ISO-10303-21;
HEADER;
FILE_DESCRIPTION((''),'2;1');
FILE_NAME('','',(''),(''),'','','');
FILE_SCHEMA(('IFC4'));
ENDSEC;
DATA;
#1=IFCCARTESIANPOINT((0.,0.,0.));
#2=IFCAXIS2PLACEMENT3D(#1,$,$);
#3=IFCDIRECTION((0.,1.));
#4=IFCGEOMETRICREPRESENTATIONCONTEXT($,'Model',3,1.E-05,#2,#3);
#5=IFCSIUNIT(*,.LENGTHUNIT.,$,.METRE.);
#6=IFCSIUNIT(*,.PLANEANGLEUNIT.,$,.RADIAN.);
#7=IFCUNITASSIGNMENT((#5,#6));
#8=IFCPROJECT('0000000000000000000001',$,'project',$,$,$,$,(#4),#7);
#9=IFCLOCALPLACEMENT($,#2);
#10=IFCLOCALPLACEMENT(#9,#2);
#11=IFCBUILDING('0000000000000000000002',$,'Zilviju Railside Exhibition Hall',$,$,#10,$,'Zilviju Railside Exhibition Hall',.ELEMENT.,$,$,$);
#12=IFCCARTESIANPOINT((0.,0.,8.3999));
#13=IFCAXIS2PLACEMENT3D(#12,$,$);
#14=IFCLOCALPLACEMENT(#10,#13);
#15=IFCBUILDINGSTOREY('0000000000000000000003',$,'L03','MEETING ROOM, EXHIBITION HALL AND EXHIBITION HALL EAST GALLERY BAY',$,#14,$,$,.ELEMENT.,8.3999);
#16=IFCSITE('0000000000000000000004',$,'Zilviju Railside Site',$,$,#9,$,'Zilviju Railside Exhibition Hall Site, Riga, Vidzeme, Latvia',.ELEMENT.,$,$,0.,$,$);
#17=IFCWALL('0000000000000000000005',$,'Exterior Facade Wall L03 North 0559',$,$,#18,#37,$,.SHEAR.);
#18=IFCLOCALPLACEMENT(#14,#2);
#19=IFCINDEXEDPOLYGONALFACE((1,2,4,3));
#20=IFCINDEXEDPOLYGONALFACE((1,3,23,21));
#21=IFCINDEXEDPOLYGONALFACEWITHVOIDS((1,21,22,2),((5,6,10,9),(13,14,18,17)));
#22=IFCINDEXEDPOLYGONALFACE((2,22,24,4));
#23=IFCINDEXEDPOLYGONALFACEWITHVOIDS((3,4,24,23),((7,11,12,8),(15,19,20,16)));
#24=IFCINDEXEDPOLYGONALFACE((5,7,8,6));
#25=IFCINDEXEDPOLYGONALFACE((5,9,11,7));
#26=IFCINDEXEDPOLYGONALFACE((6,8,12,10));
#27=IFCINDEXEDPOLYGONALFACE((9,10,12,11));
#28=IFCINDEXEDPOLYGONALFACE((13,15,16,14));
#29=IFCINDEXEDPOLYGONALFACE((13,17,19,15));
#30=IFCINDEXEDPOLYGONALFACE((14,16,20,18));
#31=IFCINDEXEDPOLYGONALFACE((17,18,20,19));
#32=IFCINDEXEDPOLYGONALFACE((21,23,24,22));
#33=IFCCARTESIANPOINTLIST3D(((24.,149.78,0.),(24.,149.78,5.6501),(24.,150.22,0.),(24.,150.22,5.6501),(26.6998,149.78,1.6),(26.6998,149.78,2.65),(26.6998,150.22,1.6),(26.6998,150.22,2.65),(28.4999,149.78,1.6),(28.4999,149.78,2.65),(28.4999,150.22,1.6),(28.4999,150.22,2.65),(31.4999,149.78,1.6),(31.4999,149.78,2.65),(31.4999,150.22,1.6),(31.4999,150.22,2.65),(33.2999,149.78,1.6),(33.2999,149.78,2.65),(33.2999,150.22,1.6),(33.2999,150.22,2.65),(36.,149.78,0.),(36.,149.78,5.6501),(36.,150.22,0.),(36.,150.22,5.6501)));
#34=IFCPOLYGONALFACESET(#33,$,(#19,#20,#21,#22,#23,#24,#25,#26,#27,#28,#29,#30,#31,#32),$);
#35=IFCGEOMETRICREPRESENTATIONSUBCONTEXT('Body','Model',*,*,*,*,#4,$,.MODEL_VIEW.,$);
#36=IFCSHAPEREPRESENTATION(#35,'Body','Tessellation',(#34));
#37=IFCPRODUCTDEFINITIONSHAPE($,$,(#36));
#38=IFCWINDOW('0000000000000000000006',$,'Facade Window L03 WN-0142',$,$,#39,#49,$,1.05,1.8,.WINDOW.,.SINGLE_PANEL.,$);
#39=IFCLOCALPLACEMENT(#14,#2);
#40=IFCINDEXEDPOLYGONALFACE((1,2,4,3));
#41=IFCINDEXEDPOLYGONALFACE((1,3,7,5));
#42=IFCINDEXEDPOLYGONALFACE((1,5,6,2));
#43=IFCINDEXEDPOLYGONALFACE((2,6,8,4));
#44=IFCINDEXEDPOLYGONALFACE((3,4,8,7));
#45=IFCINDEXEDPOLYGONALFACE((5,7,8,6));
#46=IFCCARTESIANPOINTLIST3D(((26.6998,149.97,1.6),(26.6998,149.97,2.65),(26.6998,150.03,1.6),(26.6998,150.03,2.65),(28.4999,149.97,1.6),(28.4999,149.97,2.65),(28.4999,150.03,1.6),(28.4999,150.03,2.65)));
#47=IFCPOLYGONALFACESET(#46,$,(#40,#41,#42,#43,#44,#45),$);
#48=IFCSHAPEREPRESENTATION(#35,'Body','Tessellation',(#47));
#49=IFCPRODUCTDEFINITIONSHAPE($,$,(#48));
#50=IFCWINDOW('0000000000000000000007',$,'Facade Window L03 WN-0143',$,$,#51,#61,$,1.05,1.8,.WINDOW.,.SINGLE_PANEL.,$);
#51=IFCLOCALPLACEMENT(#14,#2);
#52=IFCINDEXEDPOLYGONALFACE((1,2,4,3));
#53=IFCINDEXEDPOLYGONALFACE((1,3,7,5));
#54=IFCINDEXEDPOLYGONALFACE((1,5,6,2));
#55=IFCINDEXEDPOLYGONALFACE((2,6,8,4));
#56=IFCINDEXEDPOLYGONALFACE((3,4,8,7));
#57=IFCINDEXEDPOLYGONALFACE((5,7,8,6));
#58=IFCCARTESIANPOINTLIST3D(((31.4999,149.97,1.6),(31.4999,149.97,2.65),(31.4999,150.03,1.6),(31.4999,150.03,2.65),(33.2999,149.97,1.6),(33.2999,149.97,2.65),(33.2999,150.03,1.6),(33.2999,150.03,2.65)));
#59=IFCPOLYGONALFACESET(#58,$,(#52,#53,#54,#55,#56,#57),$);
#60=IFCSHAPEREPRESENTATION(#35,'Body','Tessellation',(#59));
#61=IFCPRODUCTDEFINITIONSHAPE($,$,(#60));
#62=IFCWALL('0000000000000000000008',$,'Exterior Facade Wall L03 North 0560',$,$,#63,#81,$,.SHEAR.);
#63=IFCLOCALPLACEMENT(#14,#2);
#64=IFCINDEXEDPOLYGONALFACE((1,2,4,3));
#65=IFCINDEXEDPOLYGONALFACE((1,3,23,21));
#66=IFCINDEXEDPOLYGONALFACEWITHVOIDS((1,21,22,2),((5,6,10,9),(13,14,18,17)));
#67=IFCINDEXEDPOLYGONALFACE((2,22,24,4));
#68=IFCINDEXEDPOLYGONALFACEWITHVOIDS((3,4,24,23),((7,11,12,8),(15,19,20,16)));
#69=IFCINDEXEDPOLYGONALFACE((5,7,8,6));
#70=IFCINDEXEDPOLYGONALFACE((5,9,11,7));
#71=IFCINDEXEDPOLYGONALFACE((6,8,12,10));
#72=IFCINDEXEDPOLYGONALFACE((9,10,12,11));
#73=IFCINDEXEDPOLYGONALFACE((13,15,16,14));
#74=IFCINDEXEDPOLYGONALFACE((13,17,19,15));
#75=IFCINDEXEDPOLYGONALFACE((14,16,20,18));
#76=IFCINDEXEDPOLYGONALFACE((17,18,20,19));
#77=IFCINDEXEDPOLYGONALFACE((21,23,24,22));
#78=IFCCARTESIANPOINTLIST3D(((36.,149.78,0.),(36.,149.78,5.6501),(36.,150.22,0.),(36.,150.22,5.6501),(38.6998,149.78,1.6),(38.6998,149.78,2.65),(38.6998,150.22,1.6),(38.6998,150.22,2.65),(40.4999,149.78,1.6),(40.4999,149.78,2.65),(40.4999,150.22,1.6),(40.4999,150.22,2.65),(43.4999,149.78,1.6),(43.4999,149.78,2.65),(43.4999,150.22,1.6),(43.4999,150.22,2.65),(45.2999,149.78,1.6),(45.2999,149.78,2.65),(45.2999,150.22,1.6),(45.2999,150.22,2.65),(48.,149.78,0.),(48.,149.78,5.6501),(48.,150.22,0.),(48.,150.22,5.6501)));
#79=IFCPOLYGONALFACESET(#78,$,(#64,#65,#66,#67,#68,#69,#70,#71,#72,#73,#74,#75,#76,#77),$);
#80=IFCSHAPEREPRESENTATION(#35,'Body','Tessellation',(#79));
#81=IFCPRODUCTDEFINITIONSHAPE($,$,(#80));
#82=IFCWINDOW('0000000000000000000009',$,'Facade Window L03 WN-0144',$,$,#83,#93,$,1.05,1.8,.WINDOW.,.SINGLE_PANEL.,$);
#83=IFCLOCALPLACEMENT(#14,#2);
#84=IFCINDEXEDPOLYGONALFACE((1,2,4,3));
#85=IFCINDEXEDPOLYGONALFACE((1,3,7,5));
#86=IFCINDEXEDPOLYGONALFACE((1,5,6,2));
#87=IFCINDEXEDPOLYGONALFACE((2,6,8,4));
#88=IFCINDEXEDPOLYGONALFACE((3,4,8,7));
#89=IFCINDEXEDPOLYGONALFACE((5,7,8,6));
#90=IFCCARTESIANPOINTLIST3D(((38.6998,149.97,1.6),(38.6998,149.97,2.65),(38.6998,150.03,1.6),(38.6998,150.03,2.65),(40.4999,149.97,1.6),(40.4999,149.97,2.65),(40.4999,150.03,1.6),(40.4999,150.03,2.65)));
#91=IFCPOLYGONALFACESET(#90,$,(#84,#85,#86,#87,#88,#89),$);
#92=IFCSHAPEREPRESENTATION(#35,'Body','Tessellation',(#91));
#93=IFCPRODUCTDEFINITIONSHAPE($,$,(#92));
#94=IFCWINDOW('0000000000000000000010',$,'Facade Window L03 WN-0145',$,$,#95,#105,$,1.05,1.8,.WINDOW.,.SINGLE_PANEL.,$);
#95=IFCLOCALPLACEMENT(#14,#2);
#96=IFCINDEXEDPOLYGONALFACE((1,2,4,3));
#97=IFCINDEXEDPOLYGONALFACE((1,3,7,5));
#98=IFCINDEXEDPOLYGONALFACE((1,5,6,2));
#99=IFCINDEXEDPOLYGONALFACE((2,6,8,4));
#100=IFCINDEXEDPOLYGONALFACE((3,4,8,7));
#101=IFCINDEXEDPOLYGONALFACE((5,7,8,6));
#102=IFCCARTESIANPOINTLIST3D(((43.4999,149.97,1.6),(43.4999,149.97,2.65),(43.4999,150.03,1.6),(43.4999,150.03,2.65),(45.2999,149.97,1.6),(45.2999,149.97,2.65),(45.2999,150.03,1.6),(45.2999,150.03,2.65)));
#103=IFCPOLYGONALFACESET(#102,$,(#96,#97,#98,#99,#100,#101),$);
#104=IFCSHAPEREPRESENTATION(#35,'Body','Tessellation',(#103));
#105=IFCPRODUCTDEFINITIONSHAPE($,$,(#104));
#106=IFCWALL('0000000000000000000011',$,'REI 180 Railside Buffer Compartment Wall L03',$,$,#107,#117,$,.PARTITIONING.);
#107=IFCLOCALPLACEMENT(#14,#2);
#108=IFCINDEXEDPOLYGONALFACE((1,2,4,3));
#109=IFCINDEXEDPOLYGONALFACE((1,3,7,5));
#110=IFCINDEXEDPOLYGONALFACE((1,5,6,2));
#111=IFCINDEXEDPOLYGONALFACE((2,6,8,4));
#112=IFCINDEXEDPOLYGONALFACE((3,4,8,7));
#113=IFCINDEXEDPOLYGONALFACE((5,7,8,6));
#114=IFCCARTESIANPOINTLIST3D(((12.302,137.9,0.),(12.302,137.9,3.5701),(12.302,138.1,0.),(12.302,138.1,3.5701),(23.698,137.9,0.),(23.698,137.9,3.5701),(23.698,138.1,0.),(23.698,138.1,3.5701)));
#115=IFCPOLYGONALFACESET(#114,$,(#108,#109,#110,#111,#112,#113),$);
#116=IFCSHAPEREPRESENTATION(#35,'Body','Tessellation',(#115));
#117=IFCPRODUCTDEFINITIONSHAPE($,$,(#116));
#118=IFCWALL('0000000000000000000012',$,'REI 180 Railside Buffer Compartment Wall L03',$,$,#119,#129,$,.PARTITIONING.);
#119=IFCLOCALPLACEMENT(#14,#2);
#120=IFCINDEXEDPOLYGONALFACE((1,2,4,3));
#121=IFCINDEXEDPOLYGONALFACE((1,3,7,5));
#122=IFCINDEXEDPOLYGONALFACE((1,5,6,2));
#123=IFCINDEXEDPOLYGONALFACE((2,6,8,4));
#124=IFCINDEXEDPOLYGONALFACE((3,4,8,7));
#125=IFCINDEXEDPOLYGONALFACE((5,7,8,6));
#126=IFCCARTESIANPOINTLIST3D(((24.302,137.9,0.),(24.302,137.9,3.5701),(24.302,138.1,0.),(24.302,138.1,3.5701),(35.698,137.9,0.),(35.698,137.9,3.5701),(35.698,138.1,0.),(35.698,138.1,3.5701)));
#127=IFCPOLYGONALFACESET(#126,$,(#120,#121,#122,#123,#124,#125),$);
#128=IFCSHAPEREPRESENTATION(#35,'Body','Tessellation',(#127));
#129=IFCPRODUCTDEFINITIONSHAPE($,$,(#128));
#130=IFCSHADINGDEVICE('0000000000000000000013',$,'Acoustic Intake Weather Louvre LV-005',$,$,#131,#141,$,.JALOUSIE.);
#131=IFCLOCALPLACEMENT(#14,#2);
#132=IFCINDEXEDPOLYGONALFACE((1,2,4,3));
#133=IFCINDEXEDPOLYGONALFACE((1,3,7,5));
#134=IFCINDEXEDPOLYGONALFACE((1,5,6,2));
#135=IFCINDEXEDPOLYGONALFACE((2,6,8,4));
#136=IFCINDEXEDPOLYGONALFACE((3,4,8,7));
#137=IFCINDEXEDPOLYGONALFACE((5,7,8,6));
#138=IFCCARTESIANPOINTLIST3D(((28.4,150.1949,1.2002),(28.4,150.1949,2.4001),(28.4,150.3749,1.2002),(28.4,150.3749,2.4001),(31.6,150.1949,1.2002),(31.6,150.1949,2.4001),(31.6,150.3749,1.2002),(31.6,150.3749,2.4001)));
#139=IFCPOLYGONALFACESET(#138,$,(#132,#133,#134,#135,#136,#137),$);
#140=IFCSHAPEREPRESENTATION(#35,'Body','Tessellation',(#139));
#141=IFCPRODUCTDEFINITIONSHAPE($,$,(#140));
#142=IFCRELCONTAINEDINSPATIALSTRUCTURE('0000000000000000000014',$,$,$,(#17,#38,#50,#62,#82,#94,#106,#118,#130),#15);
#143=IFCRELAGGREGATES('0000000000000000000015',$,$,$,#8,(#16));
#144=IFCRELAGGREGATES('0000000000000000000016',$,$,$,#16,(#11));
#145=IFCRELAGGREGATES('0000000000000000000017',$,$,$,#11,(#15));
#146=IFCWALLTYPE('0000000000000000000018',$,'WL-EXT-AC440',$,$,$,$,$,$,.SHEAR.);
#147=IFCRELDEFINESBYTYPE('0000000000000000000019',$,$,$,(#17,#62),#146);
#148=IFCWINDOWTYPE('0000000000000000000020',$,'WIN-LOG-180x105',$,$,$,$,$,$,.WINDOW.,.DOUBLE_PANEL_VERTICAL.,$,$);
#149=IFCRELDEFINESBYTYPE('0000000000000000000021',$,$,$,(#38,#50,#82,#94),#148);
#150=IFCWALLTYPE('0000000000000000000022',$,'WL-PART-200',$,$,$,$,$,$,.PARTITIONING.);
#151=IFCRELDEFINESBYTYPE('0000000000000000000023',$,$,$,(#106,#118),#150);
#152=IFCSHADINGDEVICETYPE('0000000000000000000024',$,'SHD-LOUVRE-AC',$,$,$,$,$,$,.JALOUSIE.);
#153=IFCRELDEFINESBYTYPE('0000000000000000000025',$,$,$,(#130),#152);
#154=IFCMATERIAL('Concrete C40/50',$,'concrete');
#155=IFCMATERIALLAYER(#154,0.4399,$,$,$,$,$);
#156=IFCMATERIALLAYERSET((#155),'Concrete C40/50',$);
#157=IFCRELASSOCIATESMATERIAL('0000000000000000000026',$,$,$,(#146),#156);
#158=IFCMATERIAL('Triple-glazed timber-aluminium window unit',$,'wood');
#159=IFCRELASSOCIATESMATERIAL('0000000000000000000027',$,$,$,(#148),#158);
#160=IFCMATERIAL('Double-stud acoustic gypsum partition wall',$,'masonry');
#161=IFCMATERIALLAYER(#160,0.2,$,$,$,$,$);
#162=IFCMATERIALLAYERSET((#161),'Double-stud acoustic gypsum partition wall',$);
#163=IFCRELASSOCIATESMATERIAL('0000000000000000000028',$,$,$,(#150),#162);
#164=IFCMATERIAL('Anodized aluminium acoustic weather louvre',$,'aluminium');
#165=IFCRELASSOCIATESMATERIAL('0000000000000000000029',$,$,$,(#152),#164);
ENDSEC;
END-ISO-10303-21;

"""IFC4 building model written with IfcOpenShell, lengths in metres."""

from ifc_helpers import new_model, si_unit, direction, frame, frame_2d, origin, origin_2d, place, context, subcontext, project, spatial, rectangle, extrude, material, layer, layer_set, type_object, element, fill, save


model = new_model("IFC4")

# Units and contexts
model_context = context("Model", 3, precision=1e-05, world=origin(), true_north=direction((0.0, 1.0)))
body_context = subcontext(model_context, "Body", "Model", "MODEL_VIEW")
ifc_project = project(units=[si_unit("LENGTHUNIT", "METRE"), si_unit("PLANEANGLEUNIT", "RADIAN")], contexts=[model_context])

# Site, building, storey
site_placement = place(None, origin())
site = spatial("IfcSite", under=ifc_project, at=site_placement, Name="Zilviju Railside Site", LongName="Zilviju Railside Exhibition Hall Site, Riga, Vidzeme, Latvia", CompositionType="ELEMENT", RefElevation=0.0)
building_placement = place(site_placement, origin())
building = spatial("IfcBuilding", under=site, at=building_placement, Name="Zilviju Railside Exhibition Hall", LongName="Zilviju Railside Exhibition Hall", CompositionType="ELEMENT")
storey_placement = place(building_placement, frame((0.0, 0.0, 8.3999)))
storey = spatial("IfcBuildingStorey", under=building, at=storey_placement, Name="L03", Description="MEETING ROOM, EXHIBITION HALL AND EXHIBITION HALL EAST GALLERY BAY", CompositionType="ELEMENT", Elevation=8.3999)

# Walls, openings, windows
ifc_material_1 = material(Name="Concrete C40/50", Category="concrete")
ifc_layer_1 = layer(ifc_material_1, 0.4399)
ifc_layer_set_1 = layer_set([ifc_layer_1], Name="Concrete C40/50")
wall_type_1 = type_object("IfcWallType", Name="WL-EXT-AC440", PredefinedType="SHEAR", material=ifc_layer_set_1)
wall_1_placement = place(storey_placement, frame((24.0, 150.0, 0.0), z_axis=(0.0, 0.0, 1.0), x_axis=(1.0, 0.0, 0.0)))
wall_1 = element("IfcWall", 1, at=wall_1_placement, inside=storey, type_object=wall_type_1, Name="Exterior Facade Wall L03 North 0559", PredefinedType="SHEAR", context=body_context, shape_type="SweptSolid", body=[
    extrude(rectangle(XDim=12.0, YDim=0.4399, at=frame_2d((6.0, 0.0))), origin(), (0.0, 0.0, 1.0), 5.6501),
])
opening_1_placement = place(wall_1_placement, frame((2.7, 0.0, 1.6001)))
opening_1 = element("IfcOpeningElement", 2, at=opening_1_placement, cuts=wall_1, PredefinedType="OPENING", context=body_context, shape_type="SweptSolid", body=[
    extrude(rectangle(XDim=1.8, YDim=1.05, at=frame_2d((0.8999, 0.5249))), frame((0.0, 0.23, 0.0), z_axis=(0.0, -1.0, 0.0), x_axis=(1.0, 0.0, 0.0)), (0.0, 0.0, 1.0), 0.46),
])
opening_2_placement = place(wall_1_placement, frame((7.5, 0.0, 1.6001)))
opening_2 = element("IfcOpeningElement", 3, at=opening_2_placement, cuts=wall_1, PredefinedType="OPENING", context=body_context, shape_type="SweptSolid", body=[
    extrude(rectangle(XDim=1.8, YDim=1.05, at=frame_2d((0.8999, 0.5249))), frame((0.0, 0.23, 0.0), z_axis=(0.0, -1.0, 0.0), x_axis=(1.0, 0.0, 0.0)), (0.0, 0.0, 1.0), 0.46),
])
ifc_material_2 = material(Name="Triple-glazed timber-aluminium window unit", Category="wood")
window_type = type_object("IfcWindowType", Name="WIN-LOG-180x105", PartitioningType="DOUBLE_PANEL_VERTICAL", PredefinedType="WINDOW", material=ifc_material_2)
window_1_placement = place(opening_1_placement, origin())
window_1 = element("IfcWindow", 4, at=window_1_placement, inside=storey, type_object=window_type, Name="Facade Window L03 WN-0142", OverallHeight=1.05, OverallWidth=1.8, PartitioningType="SINGLE_PANEL", PredefinedType="WINDOW", context=body_context, shape_type="SweptSolid", body=[
    extrude(rectangle(XDim=1.8, YDim=1.05, at=frame_2d((0.8999, 0.5249))), frame((0.0, 0.03, 0.0), z_axis=(0.0, -1.0, 0.0), x_axis=(1.0, 0.0, 0.0)), (0.0, 0.0, 1.0), 0.0601),
])
fill(opening_1, window_1)
window_2_placement = place(opening_2_placement, origin())
window_2 = element("IfcWindow", 5, at=window_2_placement, inside=storey, type_object=window_type, Name="Facade Window L03 WN-0143", OverallHeight=1.05, OverallWidth=1.8, PartitioningType="SINGLE_PANEL", PredefinedType="WINDOW", context=body_context, shape_type="SweptSolid", body=[
    extrude(rectangle(XDim=1.8, YDim=1.05, at=frame_2d((0.8999, 0.5249))), frame((0.0, 0.03, 0.0), z_axis=(0.0, -1.0, 0.0), x_axis=(1.0, 0.0, 0.0)), (0.0, 0.0, 1.0), 0.0601),
])
fill(opening_2, window_2)
wall_2_placement = place(storey_placement, frame((36.0, 150.0, 0.0), z_axis=(0.0, 0.0, 1.0), x_axis=(1.0, 0.0, 0.0)))
wall_2 = element("IfcWall", 6, at=wall_2_placement, inside=storey, type_object=wall_type_1, Name="Exterior Facade Wall L03 North 0560", PredefinedType="SHEAR", context=body_context, shape_type="SweptSolid", body=[
    extrude(rectangle(XDim=12.0, YDim=0.4399, at=frame_2d((6.0, 0.0))), origin(), (0.0, 0.0, 1.0), 5.6501),
])
opening_3_placement = place(wall_2_placement, frame((2.7, 0.0, 1.6001)))
opening_3 = element("IfcOpeningElement", 7, at=opening_3_placement, cuts=wall_2, PredefinedType="OPENING", context=body_context, shape_type="SweptSolid", body=[
    extrude(rectangle(XDim=1.8, YDim=1.05, at=frame_2d((0.8999, 0.5249))), frame((0.0, 0.23, 0.0), z_axis=(0.0, -1.0, 0.0), x_axis=(1.0, 0.0, 0.0)), (0.0, 0.0, 1.0), 0.46),
])
opening_4_placement = place(wall_2_placement, frame((7.5, 0.0, 1.6001)))
opening_4 = element("IfcOpeningElement", 8, at=opening_4_placement, cuts=wall_2, PredefinedType="OPENING", context=body_context, shape_type="SweptSolid", body=[
    extrude(rectangle(XDim=1.8, YDim=1.05, at=frame_2d((0.8999, 0.5249))), frame((0.0, 0.23, 0.0), z_axis=(0.0, -1.0, 0.0), x_axis=(1.0, 0.0, 0.0)), (0.0, 0.0, 1.0), 0.46),
])
window_3_placement = place(opening_3_placement, origin())
window_3 = element("IfcWindow", 9, at=window_3_placement, inside=storey, type_object=window_type, Name="Facade Window L03 WN-0144", OverallHeight=1.05, OverallWidth=1.8, PartitioningType="SINGLE_PANEL", PredefinedType="WINDOW", context=body_context, shape_type="SweptSolid", body=[
    extrude(rectangle(XDim=1.8, YDim=1.05, at=frame_2d((0.8999, 0.5249))), frame((0.0, 0.03, 0.0), z_axis=(0.0, -1.0, 0.0), x_axis=(1.0, 0.0, 0.0)), (0.0, 0.0, 1.0), 0.0601),
])
fill(opening_3, window_3)
window_4_placement = place(opening_4_placement, origin())
window_4 = element("IfcWindow", 10, at=window_4_placement, inside=storey, type_object=window_type, Name="Facade Window L03 WN-0145", OverallHeight=1.05, OverallWidth=1.8, PartitioningType="SINGLE_PANEL", PredefinedType="WINDOW", context=body_context, shape_type="SweptSolid", body=[
    extrude(rectangle(XDim=1.8, YDim=1.05, at=frame_2d((0.8999, 0.5249))), frame((0.0, 0.03, 0.0), z_axis=(0.0, -1.0, 0.0), x_axis=(1.0, 0.0, 0.0)), (0.0, 0.0, 1.0), 0.0601),
])
fill(opening_4, window_4)

# Walls
ifc_material_3 = material(Name="Double-stud acoustic gypsum partition wall", Category="masonry")
ifc_layer_2 = layer(ifc_material_3, 0.2)
ifc_layer_set_2 = layer_set([ifc_layer_2], Name="Double-stud acoustic gypsum partition wall")
wall_type_2 = type_object("IfcWallType", Name="WL-PART-200", PredefinedType="PARTITIONING", material=ifc_layer_set_2)
for number, where, z_axis, x_axis, name in (
    (11, (12.302, 138.0, 0.0), (0.0, 0.0, 1.0), (1.0, 0.0, 0.0), "REI 180 Railside Buffer Compartment Wall L03"),
    (12, (24.302, 138.0, 0.0), (0.0, 0.0, 1.0), (1.0, 0.0, 0.0), "REI 180 Railside Buffer Compartment Wall L03"),
):
    element("IfcWall", number, at=place(storey_placement, frame(where, z_axis=z_axis, x_axis=x_axis)), inside=storey, type_object=wall_type_2, Name=name, PredefinedType="PARTITIONING", context=body_context, shape_type="SweptSolid", body=[
        extrude(rectangle(XDim=11.396, YDim=0.2, at=frame_2d((5.698, 0.0))), origin(), (0.0, 0.0, 1.0), 3.5701),
    ])

# Shading device
ifc_material_4 = material(Name="Anodized aluminium acoustic weather louvre", Category="aluminium")
shading_device_type = type_object("IfcShadingDeviceType", Name="SHD-LOUVRE-AC", PredefinedType="JALOUSIE", material=ifc_material_4)
shading_device_placement = place(storey_placement, frame((30.0, 150.2849, 1.2002), z_axis=(0.0, 0.0, 1.0), x_axis=(1.0, 0.0, 0.0)))
element("IfcShadingDevice", 13, at=shading_device_placement, inside=storey, type_object=shading_device_type, Name="Acoustic Intake Weather Louvre LV-005", PredefinedType="JALOUSIE", context=body_context, shape_type="SweptSolid", body=[
    extrude(rectangle(XDim=3.2, YDim=0.1799, at=origin_2d()), origin(), (0.0, 0.0, 1.0), 1.2),
])

save(model, "model.ifc")
